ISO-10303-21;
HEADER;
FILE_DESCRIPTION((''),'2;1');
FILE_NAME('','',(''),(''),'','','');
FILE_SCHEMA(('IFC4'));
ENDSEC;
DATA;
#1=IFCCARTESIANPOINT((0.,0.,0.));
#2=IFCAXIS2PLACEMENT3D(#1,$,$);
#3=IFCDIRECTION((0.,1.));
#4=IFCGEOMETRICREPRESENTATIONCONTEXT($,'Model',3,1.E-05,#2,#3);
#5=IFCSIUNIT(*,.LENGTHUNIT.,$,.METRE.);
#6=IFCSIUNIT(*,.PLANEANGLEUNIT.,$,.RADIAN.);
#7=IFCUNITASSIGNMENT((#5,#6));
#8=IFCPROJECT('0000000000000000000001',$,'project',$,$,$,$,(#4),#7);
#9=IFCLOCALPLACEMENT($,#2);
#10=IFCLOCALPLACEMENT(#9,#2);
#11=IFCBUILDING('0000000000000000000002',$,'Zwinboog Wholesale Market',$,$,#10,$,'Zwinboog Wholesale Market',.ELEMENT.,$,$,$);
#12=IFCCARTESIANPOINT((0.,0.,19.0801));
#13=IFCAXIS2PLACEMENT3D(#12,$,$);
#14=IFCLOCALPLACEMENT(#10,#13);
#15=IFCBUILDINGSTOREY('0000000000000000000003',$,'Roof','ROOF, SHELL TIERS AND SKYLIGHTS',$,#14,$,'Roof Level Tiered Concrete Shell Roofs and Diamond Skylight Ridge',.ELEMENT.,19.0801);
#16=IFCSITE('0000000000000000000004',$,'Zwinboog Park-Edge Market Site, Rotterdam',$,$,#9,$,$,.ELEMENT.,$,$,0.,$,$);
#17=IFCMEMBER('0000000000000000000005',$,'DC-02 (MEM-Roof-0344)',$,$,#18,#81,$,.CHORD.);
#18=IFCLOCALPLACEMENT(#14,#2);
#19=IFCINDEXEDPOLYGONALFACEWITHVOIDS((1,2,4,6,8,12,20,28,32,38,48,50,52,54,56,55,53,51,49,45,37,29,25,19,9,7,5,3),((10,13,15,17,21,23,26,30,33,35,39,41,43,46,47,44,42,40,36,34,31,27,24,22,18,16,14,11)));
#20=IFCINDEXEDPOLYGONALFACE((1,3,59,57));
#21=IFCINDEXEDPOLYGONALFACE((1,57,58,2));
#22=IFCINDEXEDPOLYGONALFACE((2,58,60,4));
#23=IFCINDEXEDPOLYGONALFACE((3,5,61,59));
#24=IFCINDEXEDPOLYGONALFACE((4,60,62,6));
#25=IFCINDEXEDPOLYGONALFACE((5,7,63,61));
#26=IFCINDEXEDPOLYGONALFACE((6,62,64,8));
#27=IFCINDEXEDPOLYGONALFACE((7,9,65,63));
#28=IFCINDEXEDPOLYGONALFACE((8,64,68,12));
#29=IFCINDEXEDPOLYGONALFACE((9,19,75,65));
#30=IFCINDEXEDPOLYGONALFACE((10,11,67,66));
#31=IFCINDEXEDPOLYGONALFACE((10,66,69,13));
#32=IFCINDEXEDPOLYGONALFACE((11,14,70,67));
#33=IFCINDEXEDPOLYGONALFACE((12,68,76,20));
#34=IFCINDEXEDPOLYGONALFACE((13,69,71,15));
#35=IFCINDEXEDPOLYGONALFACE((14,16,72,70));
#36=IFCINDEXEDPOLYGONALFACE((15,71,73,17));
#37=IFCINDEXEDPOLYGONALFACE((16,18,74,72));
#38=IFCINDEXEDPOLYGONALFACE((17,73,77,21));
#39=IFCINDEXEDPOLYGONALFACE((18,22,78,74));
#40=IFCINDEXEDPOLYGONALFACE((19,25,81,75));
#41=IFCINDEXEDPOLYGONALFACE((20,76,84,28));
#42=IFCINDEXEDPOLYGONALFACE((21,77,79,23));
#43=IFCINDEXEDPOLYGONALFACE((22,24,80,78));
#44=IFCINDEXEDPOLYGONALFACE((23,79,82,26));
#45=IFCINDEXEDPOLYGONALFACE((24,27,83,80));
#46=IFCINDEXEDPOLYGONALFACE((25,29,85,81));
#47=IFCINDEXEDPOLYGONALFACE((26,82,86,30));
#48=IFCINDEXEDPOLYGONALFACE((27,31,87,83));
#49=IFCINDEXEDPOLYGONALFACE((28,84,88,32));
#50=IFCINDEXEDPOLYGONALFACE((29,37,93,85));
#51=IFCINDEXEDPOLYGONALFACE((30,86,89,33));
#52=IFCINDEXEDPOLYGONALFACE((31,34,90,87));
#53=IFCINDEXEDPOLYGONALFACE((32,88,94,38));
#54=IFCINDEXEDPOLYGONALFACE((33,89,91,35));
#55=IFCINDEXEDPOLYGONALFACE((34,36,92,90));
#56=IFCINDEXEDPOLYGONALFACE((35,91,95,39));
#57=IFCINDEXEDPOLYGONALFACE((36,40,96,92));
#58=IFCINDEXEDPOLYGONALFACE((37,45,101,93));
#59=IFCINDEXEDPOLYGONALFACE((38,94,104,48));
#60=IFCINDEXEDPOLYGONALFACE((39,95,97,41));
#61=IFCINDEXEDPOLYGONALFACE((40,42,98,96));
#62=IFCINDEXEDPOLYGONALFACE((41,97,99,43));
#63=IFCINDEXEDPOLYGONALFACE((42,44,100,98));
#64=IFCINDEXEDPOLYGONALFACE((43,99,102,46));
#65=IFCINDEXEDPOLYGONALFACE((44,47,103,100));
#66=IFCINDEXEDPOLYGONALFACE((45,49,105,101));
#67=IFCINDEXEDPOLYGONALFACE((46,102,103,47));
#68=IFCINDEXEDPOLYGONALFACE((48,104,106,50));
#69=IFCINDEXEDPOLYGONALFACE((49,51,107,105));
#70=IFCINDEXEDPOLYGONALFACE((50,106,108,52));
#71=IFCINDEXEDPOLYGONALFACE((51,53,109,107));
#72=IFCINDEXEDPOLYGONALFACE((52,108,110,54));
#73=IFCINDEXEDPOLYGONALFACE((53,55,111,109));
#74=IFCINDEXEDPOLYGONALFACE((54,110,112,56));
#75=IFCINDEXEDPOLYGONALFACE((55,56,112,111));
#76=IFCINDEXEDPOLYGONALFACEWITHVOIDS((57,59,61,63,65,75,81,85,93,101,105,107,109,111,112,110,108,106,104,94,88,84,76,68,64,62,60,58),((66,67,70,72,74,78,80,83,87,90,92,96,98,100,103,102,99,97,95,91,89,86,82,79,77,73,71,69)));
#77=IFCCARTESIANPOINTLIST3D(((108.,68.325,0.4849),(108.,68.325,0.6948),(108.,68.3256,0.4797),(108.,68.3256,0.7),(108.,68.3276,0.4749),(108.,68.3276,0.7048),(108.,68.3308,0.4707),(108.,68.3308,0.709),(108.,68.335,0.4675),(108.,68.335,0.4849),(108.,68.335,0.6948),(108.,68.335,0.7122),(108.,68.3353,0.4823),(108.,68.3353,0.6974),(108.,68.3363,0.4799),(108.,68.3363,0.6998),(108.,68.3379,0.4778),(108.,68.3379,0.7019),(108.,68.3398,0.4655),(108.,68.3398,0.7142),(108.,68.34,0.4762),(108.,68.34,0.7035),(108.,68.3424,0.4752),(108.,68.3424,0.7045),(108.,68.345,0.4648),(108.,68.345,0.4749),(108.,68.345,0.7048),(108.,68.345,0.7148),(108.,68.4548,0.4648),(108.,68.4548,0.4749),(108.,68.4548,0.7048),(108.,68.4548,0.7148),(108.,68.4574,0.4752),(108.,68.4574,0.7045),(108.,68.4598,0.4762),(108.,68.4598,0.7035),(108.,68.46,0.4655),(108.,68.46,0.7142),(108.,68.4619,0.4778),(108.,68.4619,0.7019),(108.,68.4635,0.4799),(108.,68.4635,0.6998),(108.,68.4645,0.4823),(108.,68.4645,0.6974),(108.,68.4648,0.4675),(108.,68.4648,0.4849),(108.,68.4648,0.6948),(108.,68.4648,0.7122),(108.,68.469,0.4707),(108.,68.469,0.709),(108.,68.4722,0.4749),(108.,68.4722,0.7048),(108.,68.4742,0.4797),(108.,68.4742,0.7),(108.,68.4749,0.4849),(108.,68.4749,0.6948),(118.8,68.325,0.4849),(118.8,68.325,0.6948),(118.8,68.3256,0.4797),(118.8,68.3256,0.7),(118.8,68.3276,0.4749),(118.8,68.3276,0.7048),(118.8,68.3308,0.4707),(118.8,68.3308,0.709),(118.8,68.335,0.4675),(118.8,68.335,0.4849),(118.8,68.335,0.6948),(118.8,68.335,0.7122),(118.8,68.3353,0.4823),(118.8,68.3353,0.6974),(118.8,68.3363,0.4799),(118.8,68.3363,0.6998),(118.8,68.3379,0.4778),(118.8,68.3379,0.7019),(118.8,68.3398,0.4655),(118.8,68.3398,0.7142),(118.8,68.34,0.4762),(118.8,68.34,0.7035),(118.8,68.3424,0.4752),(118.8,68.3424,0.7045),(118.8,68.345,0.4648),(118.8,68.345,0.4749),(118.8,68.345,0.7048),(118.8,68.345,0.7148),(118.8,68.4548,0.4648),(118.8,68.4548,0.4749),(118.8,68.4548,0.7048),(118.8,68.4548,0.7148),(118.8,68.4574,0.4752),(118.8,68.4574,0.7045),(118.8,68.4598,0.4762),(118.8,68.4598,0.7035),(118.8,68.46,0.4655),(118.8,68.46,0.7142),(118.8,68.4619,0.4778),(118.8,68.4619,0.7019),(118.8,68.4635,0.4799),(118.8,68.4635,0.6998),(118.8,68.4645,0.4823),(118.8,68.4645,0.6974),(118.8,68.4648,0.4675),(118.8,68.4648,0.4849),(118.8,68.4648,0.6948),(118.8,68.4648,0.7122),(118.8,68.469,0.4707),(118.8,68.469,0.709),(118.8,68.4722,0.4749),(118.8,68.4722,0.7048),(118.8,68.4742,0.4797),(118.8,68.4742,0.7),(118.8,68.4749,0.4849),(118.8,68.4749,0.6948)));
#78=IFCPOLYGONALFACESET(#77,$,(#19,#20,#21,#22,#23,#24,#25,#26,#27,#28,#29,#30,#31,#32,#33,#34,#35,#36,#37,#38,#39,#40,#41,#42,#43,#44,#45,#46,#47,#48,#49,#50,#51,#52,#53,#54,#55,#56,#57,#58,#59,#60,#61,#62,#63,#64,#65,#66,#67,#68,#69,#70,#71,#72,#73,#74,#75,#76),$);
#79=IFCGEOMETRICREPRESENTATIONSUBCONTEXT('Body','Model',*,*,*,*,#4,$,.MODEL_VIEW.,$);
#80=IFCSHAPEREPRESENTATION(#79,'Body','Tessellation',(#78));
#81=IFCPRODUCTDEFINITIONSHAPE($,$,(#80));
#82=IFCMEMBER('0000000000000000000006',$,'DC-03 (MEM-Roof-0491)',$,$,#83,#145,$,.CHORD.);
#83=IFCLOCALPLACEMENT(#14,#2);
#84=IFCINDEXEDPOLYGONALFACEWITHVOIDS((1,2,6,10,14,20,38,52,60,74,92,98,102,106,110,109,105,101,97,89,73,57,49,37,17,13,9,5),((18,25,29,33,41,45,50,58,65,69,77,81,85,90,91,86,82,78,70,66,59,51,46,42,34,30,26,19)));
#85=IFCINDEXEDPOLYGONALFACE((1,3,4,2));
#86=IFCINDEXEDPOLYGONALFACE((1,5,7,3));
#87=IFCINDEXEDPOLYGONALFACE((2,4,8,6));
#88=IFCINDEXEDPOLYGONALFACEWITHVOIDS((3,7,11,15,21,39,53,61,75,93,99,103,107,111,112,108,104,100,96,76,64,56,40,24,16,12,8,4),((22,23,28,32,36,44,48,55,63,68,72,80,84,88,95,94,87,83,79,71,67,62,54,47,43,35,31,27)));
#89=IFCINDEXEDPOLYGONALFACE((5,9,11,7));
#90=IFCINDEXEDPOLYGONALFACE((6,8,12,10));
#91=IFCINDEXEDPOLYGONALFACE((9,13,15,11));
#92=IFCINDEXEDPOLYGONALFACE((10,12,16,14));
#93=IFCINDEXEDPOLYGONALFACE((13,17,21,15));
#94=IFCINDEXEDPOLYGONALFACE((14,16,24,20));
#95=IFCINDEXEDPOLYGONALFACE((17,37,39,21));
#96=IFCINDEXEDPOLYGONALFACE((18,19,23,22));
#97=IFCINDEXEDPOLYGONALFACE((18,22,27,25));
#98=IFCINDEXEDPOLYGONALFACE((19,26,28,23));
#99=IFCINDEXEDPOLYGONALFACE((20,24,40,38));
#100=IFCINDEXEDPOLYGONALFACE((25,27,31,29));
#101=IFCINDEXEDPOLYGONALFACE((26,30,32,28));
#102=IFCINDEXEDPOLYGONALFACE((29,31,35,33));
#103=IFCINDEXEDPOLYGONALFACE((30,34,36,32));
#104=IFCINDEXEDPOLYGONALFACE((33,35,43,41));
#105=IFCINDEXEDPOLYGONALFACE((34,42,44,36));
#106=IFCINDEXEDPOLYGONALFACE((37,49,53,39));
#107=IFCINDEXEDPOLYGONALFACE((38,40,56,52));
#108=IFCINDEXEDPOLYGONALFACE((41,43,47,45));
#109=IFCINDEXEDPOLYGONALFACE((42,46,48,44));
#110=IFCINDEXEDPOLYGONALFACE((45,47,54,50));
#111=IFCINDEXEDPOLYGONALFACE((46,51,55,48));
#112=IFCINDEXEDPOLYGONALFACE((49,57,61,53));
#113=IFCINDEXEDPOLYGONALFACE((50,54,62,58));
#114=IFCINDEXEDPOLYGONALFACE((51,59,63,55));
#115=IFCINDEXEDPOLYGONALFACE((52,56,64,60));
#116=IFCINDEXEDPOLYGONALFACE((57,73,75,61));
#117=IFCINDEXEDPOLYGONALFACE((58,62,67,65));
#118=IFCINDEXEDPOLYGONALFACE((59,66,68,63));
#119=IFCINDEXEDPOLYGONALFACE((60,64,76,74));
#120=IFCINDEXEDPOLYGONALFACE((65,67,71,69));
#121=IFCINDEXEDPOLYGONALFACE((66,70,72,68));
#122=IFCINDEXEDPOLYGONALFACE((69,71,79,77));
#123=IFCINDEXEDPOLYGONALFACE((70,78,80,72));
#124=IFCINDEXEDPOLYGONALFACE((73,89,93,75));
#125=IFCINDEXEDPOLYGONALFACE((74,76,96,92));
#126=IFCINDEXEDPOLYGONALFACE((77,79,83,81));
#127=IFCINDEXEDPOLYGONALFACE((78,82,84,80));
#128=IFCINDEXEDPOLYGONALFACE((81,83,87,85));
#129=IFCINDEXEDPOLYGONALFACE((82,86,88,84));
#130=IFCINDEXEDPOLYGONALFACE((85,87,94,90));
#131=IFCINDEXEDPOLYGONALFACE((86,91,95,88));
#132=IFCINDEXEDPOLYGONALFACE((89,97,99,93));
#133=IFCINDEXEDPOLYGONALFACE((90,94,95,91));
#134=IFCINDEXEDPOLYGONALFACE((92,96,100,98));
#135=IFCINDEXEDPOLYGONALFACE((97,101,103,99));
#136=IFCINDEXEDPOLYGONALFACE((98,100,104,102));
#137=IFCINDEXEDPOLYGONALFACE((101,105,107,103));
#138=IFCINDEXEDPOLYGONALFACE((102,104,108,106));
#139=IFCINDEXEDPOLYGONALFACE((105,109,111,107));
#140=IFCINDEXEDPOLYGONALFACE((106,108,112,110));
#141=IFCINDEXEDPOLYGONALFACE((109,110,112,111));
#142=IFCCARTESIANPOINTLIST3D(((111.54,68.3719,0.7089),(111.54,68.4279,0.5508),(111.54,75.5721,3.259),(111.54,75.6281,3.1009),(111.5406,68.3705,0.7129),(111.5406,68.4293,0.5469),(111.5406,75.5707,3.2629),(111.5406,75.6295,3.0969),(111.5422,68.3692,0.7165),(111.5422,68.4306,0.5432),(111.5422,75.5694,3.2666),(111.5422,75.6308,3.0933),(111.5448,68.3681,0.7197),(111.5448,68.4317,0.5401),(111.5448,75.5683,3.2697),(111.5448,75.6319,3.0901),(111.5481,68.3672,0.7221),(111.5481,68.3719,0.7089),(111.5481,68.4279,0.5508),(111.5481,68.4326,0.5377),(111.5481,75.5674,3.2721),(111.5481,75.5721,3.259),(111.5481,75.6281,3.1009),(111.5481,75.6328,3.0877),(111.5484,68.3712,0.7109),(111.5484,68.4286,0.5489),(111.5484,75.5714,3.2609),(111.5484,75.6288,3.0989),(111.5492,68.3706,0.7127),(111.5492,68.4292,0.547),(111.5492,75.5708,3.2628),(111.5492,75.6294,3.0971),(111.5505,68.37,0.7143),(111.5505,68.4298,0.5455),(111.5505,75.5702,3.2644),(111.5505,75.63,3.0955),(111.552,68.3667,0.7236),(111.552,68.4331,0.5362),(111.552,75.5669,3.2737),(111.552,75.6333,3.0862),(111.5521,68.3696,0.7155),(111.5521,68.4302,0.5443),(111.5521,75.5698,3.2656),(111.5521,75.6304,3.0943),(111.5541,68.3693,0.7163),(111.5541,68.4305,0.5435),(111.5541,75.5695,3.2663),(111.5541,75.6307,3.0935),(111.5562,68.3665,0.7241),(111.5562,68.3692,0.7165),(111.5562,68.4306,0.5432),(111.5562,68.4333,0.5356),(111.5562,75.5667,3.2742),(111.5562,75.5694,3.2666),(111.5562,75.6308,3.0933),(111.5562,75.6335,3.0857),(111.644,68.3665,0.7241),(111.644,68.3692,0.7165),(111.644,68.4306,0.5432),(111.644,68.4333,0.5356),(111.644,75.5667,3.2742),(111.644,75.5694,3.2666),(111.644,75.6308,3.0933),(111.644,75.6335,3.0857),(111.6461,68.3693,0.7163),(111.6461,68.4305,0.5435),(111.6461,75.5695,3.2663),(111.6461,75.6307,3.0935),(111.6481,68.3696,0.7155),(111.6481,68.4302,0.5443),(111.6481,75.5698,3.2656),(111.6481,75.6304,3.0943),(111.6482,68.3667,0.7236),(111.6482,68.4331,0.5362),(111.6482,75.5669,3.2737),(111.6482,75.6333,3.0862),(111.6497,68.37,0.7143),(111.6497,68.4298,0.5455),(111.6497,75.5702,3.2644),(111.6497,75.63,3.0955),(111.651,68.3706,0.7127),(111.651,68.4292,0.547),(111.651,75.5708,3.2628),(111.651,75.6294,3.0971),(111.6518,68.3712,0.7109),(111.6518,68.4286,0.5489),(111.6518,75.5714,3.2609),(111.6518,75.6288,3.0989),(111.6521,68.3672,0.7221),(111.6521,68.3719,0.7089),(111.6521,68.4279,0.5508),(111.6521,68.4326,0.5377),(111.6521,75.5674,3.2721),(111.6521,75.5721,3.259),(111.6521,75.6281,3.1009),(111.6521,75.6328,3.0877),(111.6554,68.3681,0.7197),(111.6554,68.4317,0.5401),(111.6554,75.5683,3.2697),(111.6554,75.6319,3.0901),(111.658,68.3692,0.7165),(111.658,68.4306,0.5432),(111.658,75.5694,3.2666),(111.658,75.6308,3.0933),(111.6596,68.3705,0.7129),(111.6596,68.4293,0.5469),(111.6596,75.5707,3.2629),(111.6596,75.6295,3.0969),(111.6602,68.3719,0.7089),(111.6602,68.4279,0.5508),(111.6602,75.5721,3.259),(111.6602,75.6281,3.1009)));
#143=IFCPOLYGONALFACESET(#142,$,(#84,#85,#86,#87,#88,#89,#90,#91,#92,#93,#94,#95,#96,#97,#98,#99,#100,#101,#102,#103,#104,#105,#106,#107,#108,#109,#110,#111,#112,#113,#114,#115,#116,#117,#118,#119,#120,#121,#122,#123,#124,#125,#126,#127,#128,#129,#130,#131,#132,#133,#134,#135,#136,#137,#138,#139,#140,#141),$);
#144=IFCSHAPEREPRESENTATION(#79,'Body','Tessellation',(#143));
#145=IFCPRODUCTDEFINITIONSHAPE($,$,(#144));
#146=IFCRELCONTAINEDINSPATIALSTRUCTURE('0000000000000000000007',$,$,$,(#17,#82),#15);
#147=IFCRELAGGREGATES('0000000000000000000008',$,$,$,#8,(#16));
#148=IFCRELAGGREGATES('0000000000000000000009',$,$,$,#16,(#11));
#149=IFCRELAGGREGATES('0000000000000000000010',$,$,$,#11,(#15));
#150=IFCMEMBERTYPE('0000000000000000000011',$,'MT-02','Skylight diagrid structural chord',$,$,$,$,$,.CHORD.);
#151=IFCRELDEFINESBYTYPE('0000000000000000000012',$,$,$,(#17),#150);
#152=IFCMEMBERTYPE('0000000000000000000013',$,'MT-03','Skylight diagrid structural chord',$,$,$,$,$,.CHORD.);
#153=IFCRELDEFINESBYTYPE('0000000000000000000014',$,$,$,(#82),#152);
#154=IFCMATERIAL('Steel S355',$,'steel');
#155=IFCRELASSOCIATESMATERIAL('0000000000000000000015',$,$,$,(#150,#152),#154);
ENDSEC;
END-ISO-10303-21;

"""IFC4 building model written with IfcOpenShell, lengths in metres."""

from ifc_helpers import new_model, si_unit, direction, frame, origin, origin_2d, place, context, subcontext, project, spatial, hollow_rectangle, extrude, material, material_profile, profile_set, type_object, element, save


model = new_model("IFC4")

# Units and contexts
model_context = context("Model", 3, precision=1e-05, world=origin(), true_north=direction((0.0, 1.0)))
body_context = subcontext(model_context, "Body", "Model", "MODEL_VIEW")
ifc_project = project(units=[si_unit("LENGTHUNIT", "METRE"), si_unit("PLANEANGLEUNIT", "RADIAN")], contexts=[model_context])

# Site, building, storey
site_placement = place(None, origin())
site = spatial("IfcSite", under=ifc_project, at=site_placement, Name="Zwinboog Park-Edge Market Site, Rotterdam", CompositionType="ELEMENT", RefElevation=0.0)
building_placement = place(site_placement, origin())
building = spatial("IfcBuilding", under=site, at=building_placement, Name="Zwinboog Wholesale Market", LongName="Zwinboog Wholesale Market", CompositionType="ELEMENT")
storey_placement = place(building_placement, frame((0.0, 0.0, 19.0801)))
storey = spatial("IfcBuildingStorey", under=building, at=storey_placement, Name="Roof", Description="ROOF, SHELL TIERS AND SKYLIGHTS", LongName="Roof Level Tiered Concrete Shell Roofs and Diamond Skylight Ridge", CompositionType="ELEMENT", Elevation=19.0801)

# Members
ifc_material_1 = material(Name="Steel S355", Category="steel")
ifc_material_profile_1 = material_profile(ifc_material_1, hollow_rectangle(XDim=0.1499, YDim=0.25, WallThickness=0.01, InnerFilletRadius=0.01, OuterFilletRadius=0.02, at=origin_2d()), Name="RHS 250x150x10")
ifc_profile_set_1 = profile_set([ifc_material_profile_1], Name="Steel S355")
member_type_1 = type_object("IfcMemberType", Name="MT-02", Description="Skylight diagrid structural chord", PredefinedType="CHORD", material=ifc_profile_set_1)
member_1_placement = place(storey_placement, frame((108.0, 68.3999, 0.5898), z_axis=(1.0, 0.0, 0.0), x_axis=(0.0, 1.0, 0.0)))
element("IfcMember", 1, at=member_1_placement, inside=storey, type_object=member_type_1, Name="DC-02 (MEM-Roof-0344)", PredefinedType="CHORD", context=body_context, shape_type="SweptSolid", body=[
    extrude(hollow_rectangle(XDim=0.1499, YDim=0.25, WallThickness=0.01, InnerFilletRadius=0.01, OuterFilletRadius=0.02, at=origin_2d()), origin(), (0.0, 0.0, 1.0), 10.8),
])
ifc_material_profile_2 = material_profile(ifc_material_1, hollow_rectangle(XDim=0.1201, YDim=0.2, WallThickness=0.0081, InnerFilletRadius=0.0081, OuterFilletRadius=0.0161, at=origin_2d()), Name="RHS 200x120x8")
ifc_profile_set_2 = profile_set([ifc_material_profile_2], Name="Steel S355")
member_type_2 = type_object("IfcMemberType", Name="MT-03", Description="Skylight diagrid structural chord", PredefinedType="CHORD", material=ifc_profile_set_2)
for number, where, z_axis, x_axis, name in (
    (2, (111.6001, 68.3999, 0.6299), (0.0, 0.942628, 0.333845), (-1.0, 0.0, 0.0), "DC-03 (MEM-Roof-0491)"),
):
    element("IfcMember", number, at=place(storey_placement, frame(where, z_axis=z_axis, x_axis=x_axis)), inside=storey, type_object=member_type_2, Name=name, PredefinedType="CHORD", context=body_context, shape_type="SweptSolid", body=[
        extrude(hollow_rectangle(XDim=0.1201, YDim=0.2, WallThickness=0.0081, InnerFilletRadius=0.0081, OuterFilletRadius=0.0161, at=origin_2d()), origin(), (0.0, 0.0, 1.0), 7.6384),
    ])

save(model, "model.ifc")
